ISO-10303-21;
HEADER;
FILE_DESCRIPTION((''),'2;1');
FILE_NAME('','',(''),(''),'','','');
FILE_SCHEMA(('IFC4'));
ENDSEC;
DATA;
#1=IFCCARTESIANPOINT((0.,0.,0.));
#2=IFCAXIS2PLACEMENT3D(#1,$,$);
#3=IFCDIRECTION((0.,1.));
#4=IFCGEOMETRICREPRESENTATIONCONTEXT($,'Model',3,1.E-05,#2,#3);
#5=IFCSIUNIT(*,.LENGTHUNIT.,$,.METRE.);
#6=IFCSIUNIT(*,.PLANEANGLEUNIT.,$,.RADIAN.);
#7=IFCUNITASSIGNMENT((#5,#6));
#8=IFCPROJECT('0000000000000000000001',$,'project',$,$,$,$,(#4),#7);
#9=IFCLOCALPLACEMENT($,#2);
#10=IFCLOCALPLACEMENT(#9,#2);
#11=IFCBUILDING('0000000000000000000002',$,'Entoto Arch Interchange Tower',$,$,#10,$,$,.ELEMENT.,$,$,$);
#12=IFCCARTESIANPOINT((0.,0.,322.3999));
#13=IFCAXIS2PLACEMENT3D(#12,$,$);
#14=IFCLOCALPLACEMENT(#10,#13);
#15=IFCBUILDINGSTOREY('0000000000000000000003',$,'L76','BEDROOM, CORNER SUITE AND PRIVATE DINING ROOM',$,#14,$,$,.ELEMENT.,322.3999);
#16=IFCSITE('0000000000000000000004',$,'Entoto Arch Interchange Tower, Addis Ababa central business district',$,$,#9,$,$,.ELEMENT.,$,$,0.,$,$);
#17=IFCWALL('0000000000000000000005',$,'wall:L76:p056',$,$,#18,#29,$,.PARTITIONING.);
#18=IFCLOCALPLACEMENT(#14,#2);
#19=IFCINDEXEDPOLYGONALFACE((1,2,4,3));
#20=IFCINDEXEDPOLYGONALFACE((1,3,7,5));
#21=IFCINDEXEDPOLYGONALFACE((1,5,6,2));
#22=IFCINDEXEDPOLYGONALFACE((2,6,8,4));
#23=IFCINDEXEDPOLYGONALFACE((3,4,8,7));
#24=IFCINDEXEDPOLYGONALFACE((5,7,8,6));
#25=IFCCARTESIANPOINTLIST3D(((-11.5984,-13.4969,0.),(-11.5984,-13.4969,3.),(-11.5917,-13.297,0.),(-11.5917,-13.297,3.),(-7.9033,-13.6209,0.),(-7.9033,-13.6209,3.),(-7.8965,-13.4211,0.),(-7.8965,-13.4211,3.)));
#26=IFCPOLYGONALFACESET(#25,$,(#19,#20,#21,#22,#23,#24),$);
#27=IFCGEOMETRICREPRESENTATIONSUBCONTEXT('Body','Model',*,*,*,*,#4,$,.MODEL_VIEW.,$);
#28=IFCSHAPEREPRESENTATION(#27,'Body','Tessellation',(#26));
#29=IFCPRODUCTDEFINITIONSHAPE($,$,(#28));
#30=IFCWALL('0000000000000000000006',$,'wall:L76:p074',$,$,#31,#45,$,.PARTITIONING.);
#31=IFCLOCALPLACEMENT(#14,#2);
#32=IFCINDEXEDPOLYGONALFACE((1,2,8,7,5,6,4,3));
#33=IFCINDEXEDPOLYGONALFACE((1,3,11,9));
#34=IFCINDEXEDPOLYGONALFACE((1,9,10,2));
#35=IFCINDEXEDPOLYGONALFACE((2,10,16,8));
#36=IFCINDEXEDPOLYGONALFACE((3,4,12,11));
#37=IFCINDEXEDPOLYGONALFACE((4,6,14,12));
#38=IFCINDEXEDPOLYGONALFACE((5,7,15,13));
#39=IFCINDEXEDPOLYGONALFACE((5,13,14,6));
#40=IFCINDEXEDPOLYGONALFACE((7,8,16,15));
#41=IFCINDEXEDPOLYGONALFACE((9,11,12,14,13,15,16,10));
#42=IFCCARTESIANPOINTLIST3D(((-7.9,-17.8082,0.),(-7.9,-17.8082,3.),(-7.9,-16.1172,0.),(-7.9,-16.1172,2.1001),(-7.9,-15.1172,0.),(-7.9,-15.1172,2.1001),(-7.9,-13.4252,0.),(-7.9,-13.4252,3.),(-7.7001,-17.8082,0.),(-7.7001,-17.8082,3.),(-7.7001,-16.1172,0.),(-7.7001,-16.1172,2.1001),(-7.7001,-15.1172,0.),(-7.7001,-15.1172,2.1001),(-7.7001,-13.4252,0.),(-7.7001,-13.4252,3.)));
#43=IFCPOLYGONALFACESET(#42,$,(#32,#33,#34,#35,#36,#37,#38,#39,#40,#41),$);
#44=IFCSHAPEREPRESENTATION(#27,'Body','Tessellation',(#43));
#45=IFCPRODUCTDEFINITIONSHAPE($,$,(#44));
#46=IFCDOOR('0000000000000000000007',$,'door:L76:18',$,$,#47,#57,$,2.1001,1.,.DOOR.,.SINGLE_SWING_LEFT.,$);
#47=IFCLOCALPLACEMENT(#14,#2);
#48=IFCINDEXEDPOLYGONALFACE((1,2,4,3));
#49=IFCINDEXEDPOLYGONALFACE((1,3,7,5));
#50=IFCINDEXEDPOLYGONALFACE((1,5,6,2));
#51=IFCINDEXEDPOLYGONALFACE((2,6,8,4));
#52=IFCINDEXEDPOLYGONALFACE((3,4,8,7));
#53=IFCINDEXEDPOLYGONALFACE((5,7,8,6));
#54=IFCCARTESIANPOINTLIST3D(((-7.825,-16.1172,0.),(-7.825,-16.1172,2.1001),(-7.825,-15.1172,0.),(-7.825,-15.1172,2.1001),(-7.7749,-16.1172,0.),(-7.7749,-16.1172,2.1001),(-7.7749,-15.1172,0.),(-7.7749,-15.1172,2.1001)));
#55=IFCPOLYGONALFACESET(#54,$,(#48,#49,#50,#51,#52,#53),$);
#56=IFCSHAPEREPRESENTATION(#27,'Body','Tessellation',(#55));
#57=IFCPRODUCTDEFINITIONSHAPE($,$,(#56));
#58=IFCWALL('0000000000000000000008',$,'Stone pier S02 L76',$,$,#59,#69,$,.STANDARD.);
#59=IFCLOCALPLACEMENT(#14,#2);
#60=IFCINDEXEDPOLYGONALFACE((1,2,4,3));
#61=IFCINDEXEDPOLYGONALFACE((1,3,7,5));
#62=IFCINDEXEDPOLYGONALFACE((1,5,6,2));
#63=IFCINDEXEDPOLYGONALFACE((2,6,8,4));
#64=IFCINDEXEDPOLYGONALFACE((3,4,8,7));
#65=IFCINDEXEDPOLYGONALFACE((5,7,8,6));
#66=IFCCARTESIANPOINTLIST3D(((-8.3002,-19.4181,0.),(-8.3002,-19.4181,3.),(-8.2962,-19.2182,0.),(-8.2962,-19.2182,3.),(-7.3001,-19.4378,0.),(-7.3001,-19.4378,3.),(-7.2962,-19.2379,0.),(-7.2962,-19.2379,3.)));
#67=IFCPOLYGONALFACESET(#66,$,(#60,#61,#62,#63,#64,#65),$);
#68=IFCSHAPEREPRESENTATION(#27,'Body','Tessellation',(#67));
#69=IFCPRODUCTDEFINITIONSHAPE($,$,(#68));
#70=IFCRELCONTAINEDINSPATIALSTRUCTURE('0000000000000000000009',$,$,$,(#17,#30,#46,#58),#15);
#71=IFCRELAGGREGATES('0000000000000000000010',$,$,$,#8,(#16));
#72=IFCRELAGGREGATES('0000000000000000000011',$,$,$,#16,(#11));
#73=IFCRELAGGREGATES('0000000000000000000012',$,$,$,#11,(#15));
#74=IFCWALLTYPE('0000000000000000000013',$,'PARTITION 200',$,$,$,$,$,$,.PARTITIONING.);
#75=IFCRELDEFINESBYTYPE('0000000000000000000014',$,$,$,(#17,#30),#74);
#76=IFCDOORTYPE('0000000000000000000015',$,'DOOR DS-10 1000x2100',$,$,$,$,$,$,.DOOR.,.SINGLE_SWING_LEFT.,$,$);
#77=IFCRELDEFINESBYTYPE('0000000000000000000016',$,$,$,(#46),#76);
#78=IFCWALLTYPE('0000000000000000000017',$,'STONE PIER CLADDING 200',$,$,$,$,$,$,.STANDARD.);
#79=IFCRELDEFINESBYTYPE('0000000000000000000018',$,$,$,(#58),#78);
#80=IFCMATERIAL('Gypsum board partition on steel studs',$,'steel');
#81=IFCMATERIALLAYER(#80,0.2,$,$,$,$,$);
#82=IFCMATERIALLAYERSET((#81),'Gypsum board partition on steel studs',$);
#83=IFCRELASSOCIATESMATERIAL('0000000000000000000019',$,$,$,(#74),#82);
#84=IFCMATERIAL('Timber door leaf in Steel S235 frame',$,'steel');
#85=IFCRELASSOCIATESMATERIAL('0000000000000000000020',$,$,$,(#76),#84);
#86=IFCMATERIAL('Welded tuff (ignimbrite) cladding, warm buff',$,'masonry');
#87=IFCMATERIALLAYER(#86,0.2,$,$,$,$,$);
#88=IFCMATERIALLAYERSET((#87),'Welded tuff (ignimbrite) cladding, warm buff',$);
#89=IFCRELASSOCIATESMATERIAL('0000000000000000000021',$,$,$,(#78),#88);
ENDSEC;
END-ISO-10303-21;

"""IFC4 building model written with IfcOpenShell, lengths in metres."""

from ifc_helpers import new_model, si_unit, direction, frame, frame_2d, origin, place, context, subcontext, project, spatial, rectangle, extrude, material, layer, layer_set, type_object, element, fill, save


model = new_model("IFC4")

# Units and contexts
model_context = context("Model", 3, precision=1e-05, world=origin(), true_north=direction((0.0, 1.0)))
body_context = subcontext(model_context, "Body", "Model", "MODEL_VIEW")
ifc_project = project(units=[si_unit("LENGTHUNIT", "METRE"), si_unit("PLANEANGLEUNIT", "RADIAN")], contexts=[model_context])

# Site, building, storey
site_placement = place(None, origin())
site = spatial("IfcSite", under=ifc_project, at=site_placement, Name="Entoto Arch Interchange Tower, Addis Ababa central business district", CompositionType="ELEMENT", RefElevation=0.0)
building_placement = place(site_placement, origin())
building = spatial("IfcBuilding", under=site, at=building_placement, Name="Entoto Arch Interchange Tower", CompositionType="ELEMENT")
storey_placement = place(building_placement, frame((0.0, 0.0, 322.3999)))
storey = spatial("IfcBuildingStorey", under=building, at=storey_placement, Name="L76", Description="BEDROOM, CORNER SUITE AND PRIVATE DINING ROOM", CompositionType="ELEMENT", Elevation=322.3999)

# Wall
ifc_material_1 = material(Name="Gypsum board partition on steel studs", Category="steel")
ifc_layer_1 = layer(ifc_material_1, 0.2)
ifc_layer_set_1 = layer_set([ifc_layer_1], Name="Gypsum board partition on steel studs")
wall_type_1 = type_object("IfcWallType", Name="PARTITION 200", PredefinedType="PARTITIONING", material=ifc_layer_set_1)
wall_1_placement = place(storey_placement, frame((-7.8999, -13.521, 0.0), z_axis=(0.0, 0.0, 1.0), x_axis=(-0.999437, 0.033546, 0.0)))
element("IfcWall", 1, at=wall_1_placement, inside=storey, type_object=wall_type_1, Name="wall:L76:p056", PredefinedType="PARTITIONING", context=body_context, shape_type="SweptSolid", body=[
    extrude(rectangle(XDim=3.6973, YDim=0.2, at=frame_2d((1.8486, 0.0))), origin(), (0.0, 0.0, 1.0), 3.0),
])

# Wall, opening, door
wall_2_placement = place(storey_placement, frame((-7.8, -17.8081, 0.0), z_axis=(0.0, 0.0, 1.0), x_axis=(0.0, 1.0, 0.0)))
wall_2 = element("IfcWall", 2, at=wall_2_placement, inside=storey, type_object=wall_type_1, Name="wall:L76:p074", PredefinedType="PARTITIONING", context=body_context, shape_type="SweptSolid", body=[
    extrude(rectangle(XDim=4.3831, YDim=0.2, at=frame_2d((2.1914, 0.0))), origin(), (0.0, 0.0, 1.0), 3.0),
])
opening_placement = place(wall_2_placement, frame((1.6909, 0.0, 0.0)))
opening = element("IfcOpeningElement", 3, at=opening_placement, cuts=wall_2, PredefinedType="OPENING", context=body_context, shape_type="SweptSolid", body=[
    extrude(rectangle(XDim=1.0, YDim=2.1001, at=frame_2d((0.5, 1.05))), frame((0.0, 0.1099, 0.0), z_axis=(0.0, -1.0, 0.0), x_axis=(1.0, 0.0, 0.0)), (0.0, 0.0, 1.0), 0.22),
])
ifc_material_2 = material(Name="Timber door leaf in Steel S235 frame", Category="steel")
door_type = type_object("IfcDoorType", Name="DOOR DS-10 1000x2100", OperationType="SINGLE_SWING_LEFT", PredefinedType="DOOR", material=ifc_material_2)
door_placement = place(opening_placement, origin())
door = element("IfcDoor", 4, at=door_placement, inside=storey, type_object=door_type, Name="door:L76:18", OperationType="SINGLE_SWING_LEFT", OverallHeight=2.1001, OverallWidth=1.0, PredefinedType="DOOR", context=body_context, shape_type="SweptSolid", body=[
    extrude(rectangle(XDim=1.0, YDim=2.1001, at=frame_2d((0.5, 1.05))), frame((0.0, 0.0249, 0.0), z_axis=(0.0, -1.0, 0.0), x_axis=(1.0, 0.0, 0.0)), (0.0, 0.0, 1.0), 0.05),
])
fill(opening, door)

# Wall
ifc_material_3 = material(Name="Welded tuff (ignimbrite) cladding, warm buff", Category="masonry")
ifc_layer_2 = layer(ifc_material_3, 0.2)
ifc_layer_set_2 = layer_set([ifc_layer_2], Name="Welded tuff (ignimbrite) cladding, warm buff")
wall_type_2 = type_object("IfcWallType", Name="STONE PIER CLADDING 200", PredefinedType="STANDARD", material=ifc_layer_set_2)
wall_3_placement = place(storey_placement, frame((-8.2981, -19.3181, 0.0), z_axis=(0.0, 0.0, 1.0), x_axis=(0.999805, -0.019772, 0.0)))
element("IfcWall", 5, at=wall_3_placement, inside=storey, type_object=wall_type_2, Name="Stone pier S02 L76", PredefinedType="STANDARD", context=body_context, shape_type="SweptSolid", body=[
    extrude(rectangle(XDim=1.0002, YDim=0.2, at=frame_2d((0.5, 0.0))), origin(), (0.0, 0.0, 1.0), 3.0),
])

save(model, "model.ifc")
